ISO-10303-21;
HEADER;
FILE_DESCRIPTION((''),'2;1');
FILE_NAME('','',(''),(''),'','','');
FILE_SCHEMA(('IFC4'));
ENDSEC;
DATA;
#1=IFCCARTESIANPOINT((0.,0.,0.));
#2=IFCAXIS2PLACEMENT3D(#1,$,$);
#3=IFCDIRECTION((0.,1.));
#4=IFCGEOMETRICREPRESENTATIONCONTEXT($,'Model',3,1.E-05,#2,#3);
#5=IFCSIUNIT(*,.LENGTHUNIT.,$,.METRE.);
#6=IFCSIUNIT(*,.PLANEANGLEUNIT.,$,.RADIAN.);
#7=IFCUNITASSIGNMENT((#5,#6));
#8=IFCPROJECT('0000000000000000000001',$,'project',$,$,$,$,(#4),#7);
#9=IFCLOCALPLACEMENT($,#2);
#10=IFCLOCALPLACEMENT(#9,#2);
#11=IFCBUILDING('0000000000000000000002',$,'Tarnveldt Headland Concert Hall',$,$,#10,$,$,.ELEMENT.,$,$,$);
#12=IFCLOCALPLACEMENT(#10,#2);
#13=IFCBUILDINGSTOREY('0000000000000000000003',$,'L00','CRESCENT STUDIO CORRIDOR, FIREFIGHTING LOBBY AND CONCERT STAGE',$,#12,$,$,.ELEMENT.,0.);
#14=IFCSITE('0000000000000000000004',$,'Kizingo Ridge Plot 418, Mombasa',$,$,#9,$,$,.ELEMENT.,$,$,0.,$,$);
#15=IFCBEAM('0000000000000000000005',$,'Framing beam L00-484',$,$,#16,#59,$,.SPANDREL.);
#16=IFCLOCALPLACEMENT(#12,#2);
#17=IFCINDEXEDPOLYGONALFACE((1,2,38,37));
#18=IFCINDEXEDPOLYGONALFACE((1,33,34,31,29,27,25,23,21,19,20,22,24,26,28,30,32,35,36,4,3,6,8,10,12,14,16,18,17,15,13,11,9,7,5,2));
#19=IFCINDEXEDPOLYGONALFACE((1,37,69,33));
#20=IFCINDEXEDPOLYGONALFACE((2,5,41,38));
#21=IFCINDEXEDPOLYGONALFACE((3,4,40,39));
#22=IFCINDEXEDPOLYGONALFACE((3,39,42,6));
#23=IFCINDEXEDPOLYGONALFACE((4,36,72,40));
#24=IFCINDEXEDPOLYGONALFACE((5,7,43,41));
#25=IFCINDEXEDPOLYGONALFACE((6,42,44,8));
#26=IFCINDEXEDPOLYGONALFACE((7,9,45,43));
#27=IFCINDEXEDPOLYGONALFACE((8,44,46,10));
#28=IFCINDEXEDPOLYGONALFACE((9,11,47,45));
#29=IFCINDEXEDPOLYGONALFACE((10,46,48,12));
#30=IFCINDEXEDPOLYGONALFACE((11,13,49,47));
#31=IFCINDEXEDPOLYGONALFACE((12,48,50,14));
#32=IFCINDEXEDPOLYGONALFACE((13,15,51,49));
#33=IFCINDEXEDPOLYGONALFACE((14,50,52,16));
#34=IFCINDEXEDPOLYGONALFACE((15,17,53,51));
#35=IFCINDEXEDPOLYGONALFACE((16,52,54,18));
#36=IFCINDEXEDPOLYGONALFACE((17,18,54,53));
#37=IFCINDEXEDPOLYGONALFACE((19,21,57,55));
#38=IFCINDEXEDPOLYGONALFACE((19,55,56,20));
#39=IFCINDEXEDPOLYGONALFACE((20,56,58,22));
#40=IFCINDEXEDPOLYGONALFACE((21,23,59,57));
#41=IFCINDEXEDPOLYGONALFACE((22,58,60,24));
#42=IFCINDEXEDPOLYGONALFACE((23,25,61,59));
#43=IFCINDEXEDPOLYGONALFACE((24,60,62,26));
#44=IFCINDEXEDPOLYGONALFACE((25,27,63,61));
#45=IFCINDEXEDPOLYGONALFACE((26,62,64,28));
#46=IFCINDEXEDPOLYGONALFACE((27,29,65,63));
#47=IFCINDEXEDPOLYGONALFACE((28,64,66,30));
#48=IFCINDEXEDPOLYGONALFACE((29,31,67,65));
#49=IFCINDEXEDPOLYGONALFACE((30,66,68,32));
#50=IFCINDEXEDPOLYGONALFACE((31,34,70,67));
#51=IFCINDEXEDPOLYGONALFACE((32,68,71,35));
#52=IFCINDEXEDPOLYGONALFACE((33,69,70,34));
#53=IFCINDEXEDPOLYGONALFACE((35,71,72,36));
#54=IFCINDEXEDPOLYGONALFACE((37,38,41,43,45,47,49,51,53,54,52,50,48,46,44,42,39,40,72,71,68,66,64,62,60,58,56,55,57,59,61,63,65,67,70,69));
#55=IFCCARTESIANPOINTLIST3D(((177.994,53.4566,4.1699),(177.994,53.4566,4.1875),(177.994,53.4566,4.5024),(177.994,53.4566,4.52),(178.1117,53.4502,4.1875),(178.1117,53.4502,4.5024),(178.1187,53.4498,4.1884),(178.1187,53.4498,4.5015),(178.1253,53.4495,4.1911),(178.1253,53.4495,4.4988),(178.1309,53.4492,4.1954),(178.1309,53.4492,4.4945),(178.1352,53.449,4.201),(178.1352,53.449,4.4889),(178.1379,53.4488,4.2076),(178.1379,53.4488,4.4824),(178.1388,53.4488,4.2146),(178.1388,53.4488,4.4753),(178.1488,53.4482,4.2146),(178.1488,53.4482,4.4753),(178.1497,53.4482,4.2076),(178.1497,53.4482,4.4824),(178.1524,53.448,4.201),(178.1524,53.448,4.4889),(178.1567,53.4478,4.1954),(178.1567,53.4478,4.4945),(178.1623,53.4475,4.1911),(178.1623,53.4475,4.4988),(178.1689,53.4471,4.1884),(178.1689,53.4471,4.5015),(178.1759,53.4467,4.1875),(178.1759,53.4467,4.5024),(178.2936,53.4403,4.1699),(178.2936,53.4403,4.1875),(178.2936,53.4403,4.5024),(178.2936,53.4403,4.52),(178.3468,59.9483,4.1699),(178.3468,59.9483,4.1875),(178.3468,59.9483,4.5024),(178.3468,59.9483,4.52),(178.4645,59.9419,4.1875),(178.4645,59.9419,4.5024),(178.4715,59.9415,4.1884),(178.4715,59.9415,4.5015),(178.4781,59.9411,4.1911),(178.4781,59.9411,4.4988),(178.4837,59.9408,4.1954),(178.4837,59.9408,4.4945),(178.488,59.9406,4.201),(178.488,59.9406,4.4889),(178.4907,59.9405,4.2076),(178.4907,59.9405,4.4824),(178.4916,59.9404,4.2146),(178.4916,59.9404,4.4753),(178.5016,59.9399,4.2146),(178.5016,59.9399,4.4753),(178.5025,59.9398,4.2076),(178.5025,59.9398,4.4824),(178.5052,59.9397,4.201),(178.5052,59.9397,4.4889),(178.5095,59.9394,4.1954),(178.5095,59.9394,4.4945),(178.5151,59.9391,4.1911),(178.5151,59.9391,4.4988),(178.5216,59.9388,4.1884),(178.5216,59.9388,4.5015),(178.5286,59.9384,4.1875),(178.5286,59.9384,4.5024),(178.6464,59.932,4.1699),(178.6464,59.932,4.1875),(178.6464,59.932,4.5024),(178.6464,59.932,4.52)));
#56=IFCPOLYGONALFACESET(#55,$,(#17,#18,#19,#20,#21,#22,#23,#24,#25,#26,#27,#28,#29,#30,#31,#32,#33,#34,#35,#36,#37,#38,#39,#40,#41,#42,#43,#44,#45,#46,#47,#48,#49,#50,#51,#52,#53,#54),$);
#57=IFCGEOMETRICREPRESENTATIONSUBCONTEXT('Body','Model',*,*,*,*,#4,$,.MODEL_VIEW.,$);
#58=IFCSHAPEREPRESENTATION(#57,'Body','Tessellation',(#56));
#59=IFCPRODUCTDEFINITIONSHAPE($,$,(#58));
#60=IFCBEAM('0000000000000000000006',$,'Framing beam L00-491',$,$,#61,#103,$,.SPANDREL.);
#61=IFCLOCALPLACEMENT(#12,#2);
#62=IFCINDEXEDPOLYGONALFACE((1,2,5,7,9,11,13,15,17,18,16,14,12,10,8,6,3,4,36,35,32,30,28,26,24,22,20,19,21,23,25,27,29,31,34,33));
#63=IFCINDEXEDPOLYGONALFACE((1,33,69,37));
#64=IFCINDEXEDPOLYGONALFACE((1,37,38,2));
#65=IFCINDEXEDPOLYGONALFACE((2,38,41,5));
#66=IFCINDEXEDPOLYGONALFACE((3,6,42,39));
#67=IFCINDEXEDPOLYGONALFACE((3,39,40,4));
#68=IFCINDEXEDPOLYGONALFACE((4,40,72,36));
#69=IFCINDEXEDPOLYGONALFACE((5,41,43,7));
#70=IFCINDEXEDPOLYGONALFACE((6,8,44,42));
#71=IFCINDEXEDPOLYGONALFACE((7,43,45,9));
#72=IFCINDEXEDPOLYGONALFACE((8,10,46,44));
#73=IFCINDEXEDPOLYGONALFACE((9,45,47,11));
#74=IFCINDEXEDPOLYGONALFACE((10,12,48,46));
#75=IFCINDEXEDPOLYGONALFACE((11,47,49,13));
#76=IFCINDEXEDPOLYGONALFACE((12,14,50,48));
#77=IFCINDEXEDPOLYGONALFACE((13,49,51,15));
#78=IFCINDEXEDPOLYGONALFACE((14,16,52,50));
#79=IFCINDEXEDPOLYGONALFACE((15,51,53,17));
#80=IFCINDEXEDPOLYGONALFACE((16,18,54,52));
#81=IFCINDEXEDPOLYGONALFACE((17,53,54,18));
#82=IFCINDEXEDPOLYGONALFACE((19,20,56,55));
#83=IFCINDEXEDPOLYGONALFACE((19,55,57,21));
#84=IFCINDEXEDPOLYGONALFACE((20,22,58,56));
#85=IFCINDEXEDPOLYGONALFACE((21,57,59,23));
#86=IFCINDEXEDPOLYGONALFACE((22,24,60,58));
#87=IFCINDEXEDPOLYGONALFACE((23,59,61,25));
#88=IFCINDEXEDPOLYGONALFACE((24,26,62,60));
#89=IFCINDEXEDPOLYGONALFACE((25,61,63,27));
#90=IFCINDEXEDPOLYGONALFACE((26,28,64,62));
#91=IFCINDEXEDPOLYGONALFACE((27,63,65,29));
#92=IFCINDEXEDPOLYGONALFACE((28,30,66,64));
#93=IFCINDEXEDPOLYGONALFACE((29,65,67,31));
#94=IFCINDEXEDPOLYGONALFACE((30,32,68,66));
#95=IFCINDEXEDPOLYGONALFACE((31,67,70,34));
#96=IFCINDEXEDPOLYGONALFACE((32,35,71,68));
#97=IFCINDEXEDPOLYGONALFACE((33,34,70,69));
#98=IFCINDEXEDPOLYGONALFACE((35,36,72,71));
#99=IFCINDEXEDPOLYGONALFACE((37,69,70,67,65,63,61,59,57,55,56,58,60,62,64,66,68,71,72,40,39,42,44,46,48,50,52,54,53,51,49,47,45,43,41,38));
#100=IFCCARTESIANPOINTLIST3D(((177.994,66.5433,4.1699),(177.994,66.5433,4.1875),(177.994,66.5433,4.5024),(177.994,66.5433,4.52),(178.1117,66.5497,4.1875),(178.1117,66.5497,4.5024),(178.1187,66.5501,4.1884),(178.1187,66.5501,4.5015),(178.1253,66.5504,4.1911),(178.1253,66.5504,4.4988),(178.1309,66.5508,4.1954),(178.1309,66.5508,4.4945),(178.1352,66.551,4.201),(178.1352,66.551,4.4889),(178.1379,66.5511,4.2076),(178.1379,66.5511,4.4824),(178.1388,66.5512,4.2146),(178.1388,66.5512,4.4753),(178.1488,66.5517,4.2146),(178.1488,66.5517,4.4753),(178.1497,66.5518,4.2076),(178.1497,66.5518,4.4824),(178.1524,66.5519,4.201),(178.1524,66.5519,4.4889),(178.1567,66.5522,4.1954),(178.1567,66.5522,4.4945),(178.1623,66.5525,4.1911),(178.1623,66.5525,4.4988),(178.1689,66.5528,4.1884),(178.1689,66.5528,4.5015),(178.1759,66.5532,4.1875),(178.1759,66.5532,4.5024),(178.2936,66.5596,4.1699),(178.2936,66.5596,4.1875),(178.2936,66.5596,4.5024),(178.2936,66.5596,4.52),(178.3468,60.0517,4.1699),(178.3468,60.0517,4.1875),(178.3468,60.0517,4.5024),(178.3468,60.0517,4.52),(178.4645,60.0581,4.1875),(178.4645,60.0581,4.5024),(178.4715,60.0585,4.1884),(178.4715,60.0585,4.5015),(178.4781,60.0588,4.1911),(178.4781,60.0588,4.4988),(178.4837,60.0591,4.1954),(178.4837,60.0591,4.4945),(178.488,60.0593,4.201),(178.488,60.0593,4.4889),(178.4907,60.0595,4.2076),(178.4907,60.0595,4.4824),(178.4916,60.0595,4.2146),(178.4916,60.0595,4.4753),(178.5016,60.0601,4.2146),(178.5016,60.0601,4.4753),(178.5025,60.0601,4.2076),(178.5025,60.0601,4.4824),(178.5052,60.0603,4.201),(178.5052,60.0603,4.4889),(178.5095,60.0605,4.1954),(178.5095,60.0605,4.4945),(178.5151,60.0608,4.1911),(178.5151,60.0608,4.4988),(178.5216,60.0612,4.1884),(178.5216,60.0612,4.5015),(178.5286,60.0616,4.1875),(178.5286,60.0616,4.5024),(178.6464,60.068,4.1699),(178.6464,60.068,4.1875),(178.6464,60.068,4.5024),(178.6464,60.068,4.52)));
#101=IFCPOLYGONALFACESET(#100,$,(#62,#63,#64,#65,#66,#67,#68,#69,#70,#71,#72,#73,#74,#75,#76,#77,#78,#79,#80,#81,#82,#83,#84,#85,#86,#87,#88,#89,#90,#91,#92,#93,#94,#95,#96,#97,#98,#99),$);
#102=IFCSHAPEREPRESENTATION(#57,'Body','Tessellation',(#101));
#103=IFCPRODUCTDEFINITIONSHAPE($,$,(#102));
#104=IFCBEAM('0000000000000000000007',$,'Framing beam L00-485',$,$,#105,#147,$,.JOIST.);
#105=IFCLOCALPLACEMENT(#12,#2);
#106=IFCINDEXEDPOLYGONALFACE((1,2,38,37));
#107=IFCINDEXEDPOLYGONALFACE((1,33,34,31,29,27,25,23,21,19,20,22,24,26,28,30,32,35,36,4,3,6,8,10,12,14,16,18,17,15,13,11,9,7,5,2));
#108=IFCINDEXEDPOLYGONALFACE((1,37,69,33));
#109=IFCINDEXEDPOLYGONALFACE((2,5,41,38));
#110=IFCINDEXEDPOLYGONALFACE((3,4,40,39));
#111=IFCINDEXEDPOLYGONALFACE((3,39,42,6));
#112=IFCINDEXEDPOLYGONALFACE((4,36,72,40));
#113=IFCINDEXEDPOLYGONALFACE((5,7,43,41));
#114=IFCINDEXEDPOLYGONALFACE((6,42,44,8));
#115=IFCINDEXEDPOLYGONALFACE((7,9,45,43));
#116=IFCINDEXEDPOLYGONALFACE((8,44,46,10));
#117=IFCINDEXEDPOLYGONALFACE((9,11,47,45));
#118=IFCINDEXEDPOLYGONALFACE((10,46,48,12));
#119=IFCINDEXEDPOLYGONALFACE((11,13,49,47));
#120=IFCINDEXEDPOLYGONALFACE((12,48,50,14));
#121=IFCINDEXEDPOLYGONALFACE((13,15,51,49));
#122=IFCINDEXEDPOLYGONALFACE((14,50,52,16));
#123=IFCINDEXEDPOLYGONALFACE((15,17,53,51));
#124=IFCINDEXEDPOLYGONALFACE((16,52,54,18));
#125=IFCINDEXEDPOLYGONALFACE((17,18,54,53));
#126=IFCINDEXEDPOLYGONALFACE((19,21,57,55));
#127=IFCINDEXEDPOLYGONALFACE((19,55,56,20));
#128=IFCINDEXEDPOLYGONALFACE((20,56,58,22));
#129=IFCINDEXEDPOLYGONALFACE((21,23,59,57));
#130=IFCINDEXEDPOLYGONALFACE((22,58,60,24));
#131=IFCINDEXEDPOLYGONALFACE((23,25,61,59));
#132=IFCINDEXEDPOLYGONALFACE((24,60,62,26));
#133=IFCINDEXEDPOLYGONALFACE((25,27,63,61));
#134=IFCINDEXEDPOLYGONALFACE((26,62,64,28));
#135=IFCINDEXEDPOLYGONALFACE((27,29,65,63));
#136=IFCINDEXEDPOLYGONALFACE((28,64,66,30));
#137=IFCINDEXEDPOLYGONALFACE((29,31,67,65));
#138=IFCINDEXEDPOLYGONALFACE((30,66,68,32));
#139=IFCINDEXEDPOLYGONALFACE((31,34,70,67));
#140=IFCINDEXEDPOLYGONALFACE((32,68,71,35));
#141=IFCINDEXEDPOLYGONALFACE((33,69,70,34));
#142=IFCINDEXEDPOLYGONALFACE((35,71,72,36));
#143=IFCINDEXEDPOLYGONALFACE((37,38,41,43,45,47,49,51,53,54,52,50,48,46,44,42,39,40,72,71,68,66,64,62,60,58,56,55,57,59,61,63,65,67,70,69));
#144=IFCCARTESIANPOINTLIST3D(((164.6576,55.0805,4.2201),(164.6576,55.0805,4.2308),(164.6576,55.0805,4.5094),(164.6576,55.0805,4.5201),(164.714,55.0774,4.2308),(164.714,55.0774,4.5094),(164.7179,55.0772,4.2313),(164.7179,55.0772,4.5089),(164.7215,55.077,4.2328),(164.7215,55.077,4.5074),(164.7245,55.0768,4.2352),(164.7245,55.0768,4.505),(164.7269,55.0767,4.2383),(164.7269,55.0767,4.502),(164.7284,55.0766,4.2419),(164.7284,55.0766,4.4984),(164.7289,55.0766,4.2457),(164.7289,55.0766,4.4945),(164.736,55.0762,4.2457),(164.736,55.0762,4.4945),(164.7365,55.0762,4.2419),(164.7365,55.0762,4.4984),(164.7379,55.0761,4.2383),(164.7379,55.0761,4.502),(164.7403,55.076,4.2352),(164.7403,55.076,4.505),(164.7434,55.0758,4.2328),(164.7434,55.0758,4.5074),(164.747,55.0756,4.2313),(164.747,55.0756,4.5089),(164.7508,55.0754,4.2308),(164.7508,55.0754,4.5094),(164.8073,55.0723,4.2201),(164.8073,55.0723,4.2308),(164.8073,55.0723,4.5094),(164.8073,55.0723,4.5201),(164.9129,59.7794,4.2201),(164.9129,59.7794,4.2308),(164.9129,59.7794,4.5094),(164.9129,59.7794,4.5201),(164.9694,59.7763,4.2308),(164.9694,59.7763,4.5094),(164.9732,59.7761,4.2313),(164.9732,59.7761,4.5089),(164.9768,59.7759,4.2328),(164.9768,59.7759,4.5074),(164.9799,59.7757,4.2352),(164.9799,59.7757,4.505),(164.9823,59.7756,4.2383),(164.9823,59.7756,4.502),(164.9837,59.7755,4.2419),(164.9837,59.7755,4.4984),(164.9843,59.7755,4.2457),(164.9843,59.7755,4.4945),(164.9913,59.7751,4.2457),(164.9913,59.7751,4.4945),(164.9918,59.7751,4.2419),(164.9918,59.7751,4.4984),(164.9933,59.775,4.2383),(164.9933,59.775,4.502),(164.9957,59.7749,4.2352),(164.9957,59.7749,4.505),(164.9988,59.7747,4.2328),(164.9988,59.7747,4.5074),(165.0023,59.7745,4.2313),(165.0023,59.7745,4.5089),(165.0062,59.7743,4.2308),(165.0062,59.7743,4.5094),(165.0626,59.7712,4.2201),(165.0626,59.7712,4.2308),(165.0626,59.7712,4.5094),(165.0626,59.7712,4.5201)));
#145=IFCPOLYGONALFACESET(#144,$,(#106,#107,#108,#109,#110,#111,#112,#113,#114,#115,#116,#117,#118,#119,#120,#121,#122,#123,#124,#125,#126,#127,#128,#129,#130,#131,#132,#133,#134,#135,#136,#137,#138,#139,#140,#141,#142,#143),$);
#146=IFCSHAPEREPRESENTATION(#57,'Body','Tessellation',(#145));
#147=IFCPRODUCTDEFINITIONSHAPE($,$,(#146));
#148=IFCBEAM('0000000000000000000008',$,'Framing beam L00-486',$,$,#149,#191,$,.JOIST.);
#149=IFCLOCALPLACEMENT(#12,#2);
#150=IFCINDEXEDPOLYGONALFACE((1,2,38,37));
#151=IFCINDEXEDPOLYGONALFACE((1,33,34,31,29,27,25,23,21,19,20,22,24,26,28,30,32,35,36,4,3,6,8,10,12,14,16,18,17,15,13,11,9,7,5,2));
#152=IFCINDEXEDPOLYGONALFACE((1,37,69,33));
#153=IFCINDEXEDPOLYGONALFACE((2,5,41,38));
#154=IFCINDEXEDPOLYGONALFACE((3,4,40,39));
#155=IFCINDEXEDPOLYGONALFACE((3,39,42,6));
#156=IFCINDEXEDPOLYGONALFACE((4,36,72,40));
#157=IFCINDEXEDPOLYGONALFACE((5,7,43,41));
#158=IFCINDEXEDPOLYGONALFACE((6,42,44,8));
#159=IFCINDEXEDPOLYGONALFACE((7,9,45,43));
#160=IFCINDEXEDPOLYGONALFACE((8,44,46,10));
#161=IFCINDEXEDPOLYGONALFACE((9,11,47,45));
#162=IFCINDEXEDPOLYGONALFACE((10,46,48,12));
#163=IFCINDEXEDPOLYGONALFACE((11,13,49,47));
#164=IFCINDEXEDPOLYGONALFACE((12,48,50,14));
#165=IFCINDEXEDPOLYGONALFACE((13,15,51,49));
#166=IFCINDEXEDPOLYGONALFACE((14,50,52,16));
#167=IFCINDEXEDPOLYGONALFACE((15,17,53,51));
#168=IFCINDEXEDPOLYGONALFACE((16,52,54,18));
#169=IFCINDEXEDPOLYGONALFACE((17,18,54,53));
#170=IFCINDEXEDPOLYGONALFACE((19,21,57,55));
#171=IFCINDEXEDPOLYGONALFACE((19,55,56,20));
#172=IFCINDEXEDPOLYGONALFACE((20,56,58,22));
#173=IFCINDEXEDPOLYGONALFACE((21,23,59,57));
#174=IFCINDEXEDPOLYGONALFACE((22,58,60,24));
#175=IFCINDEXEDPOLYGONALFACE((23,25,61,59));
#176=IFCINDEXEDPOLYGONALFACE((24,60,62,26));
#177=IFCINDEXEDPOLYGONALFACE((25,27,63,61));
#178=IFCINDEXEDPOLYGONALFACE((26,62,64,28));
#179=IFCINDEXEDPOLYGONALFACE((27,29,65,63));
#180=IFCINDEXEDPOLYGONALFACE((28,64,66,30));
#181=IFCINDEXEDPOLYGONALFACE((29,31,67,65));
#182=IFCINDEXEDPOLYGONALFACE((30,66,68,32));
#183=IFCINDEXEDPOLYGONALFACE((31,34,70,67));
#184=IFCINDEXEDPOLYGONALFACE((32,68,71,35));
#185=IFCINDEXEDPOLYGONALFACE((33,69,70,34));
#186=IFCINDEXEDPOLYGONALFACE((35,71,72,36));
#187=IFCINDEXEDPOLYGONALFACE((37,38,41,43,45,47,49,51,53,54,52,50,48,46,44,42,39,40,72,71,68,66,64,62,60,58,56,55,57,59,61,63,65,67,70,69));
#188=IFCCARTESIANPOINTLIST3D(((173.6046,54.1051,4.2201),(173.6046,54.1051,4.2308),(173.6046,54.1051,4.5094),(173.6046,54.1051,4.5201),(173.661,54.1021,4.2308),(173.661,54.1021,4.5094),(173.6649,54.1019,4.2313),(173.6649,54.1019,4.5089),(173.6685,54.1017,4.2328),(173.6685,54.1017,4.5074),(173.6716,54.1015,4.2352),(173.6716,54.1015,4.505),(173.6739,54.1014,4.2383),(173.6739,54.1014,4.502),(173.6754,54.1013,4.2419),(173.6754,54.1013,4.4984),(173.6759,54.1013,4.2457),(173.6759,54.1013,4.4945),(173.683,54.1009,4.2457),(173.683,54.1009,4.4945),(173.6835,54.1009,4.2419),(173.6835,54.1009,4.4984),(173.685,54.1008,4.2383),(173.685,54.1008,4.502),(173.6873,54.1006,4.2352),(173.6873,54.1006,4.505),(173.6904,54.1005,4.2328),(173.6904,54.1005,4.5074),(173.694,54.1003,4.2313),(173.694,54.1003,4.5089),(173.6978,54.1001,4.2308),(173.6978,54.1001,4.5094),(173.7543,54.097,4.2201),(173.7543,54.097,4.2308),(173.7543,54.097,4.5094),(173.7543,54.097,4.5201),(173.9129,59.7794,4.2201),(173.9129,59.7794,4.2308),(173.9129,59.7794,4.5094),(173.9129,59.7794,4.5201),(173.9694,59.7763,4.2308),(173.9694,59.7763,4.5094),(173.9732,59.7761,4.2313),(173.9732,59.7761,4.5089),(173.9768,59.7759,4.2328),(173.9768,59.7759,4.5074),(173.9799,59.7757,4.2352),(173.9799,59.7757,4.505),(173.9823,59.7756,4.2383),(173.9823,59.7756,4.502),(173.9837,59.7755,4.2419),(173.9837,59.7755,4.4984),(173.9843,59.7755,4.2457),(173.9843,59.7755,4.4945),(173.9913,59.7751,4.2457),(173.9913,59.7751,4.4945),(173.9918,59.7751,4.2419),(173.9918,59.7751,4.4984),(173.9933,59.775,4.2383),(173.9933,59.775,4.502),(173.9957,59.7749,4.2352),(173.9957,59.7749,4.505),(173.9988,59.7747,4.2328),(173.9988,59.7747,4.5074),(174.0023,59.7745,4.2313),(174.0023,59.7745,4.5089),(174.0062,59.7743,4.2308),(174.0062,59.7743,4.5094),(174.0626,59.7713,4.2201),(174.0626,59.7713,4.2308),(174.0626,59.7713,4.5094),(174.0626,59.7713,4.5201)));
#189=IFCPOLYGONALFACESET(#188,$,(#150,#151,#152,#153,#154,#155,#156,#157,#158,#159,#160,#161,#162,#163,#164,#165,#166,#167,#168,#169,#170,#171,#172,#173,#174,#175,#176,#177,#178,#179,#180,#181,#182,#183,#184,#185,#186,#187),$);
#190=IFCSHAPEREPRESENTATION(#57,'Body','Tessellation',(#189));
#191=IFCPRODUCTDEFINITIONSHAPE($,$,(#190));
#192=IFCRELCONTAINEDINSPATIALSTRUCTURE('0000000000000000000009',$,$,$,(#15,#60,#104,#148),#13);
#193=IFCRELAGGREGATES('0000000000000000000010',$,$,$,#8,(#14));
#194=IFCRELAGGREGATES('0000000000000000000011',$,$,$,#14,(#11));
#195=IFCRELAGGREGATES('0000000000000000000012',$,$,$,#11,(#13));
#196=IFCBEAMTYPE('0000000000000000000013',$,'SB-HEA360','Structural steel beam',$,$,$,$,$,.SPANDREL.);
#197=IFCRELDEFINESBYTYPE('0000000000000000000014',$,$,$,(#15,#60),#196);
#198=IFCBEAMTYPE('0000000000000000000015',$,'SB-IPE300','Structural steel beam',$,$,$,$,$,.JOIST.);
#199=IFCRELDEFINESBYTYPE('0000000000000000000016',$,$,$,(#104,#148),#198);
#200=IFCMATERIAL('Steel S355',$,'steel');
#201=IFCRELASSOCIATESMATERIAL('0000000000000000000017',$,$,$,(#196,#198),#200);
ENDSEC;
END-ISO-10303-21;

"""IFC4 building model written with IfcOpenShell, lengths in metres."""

from ifc_helpers import new_model, si_unit, direction, frame, origin, origin_2d, place, context, subcontext, project, spatial, i_section, extrude, material, material_profile, profile_set, type_object, element, save


model = new_model("IFC4")

# Units and contexts
model_context = context("Model", 3, precision=1e-05, world=origin(), true_north=direction((0.0, 1.0)))
body_context = subcontext(model_context, "Body", "Model", "MODEL_VIEW")
ifc_project = project(units=[si_unit("LENGTHUNIT", "METRE"), si_unit("PLANEANGLEUNIT", "RADIAN")], contexts=[model_context])

# Site, building, storey
site_placement = place(None, origin())
site = spatial("IfcSite", under=ifc_project, at=site_placement, Name="Kizingo Ridge Plot 418, Mombasa", CompositionType="ELEMENT", RefElevation=0.0)
building_placement = place(site_placement, origin())
building = spatial("IfcBuilding", under=site, at=building_placement, Name="Tarnveldt Headland Concert Hall", CompositionType="ELEMENT")
storey_placement = place(building_placement, origin())
storey = spatial("IfcBuildingStorey", under=building, at=storey_placement, Name="L00", Description="CRESCENT STUDIO CORRIDOR, FIREFIGHTING LOBBY AND CONCERT STAGE", CompositionType="ELEMENT", Elevation=0.0)

# Beams
ifc_material_1 = material(Name="Steel S355", Category="steel")
ifc_material_profile_1 = material_profile(ifc_material_1, i_section(OverallWidth=0.3, OverallDepth=0.3501, WebThickness=0.01, FlangeThickness=0.0176, FilletRadius=0.0271, at=origin_2d()), Name="HEA360", Category="steel")
ifc_profile_set_1 = profile_set([ifc_material_profile_1], Name="Steel S355")
beam_type_1 = type_object("IfcBeamType", Name="SB-HEA360", Description="Structural steel beam", PredefinedType="SPANDREL", material=ifc_profile_set_1)
for number, where, z_axis, x_axis, name in (
    (1, (178.1438, 53.4485, 4.345), (0.054264, 0.998527, 0.0), (-0.998527, 0.054264, 0.0), "Framing beam L00-484"),
    (2, (178.4966, 60.0598, 4.345), (-0.054264, 0.998527, 0.0), (-0.998527, -0.054264, 0.0), "Framing beam L00-491"),
):
    element("IfcBeam", number, at=place(storey_placement, frame(where, z_axis=z_axis, x_axis=x_axis)), inside=storey, type_object=beam_type_1, Name=name, PredefinedType="SPANDREL", context=body_context, shape_type="SweptSolid", body=[
        extrude(i_section(OverallWidth=0.3, OverallDepth=0.3501, WebThickness=0.01, FlangeThickness=0.0176, FilletRadius=0.0271, at=origin_2d()), origin(), (0.0, 0.0, 1.0), 6.5012),
    ])
ifc_material_profile_2 = material_profile(ifc_material_1, i_section(OverallWidth=0.1499, OverallDepth=0.3, WebThickness=0.0071, FlangeThickness=0.0107, FilletRadius=0.0149, at=origin_2d()), Name="IPE300", Category="steel")
ifc_profile_set_2 = profile_set([ifc_material_profile_2], Name="Steel S355")
beam_type_2 = type_object("IfcBeamType", Name="SB-IPE300", Description="Structural steel beam", PredefinedType="JOIST", material=ifc_profile_set_2)
beam_1_placement = place(storey_placement, frame((164.7324, 55.0764, 4.3701), z_axis=(0.054266, 0.998527, 0.0), x_axis=(-0.998527, 0.054266, 0.0)))
element("IfcBeam", 3, at=beam_1_placement, inside=storey, type_object=beam_type_2, Name="Framing beam L00-485", PredefinedType="JOIST", context=body_context, shape_type="SweptSolid", body=[
    extrude(i_section(OverallWidth=0.1499, OverallDepth=0.3, WebThickness=0.0071, FlangeThickness=0.0107, FilletRadius=0.0149, at=origin_2d()), origin(), (0.0, 0.0, 1.0), 4.7058),
])
beam_2_placement = place(storey_placement, frame((173.6794, 54.1011, 4.3701), z_axis=(0.054261, 0.998527, 0.0), x_axis=(-0.998527, 0.054261, 0.0)))
element("IfcBeam", 4, at=beam_2_placement, inside=storey, type_object=beam_type_2, Name="Framing beam L00-486", PredefinedType="JOIST", context=body_context, shape_type="SweptSolid", body=[
    extrude(i_section(OverallWidth=0.1499, OverallDepth=0.3, WebThickness=0.0071, FlangeThickness=0.0107, FilletRadius=0.0149, at=origin_2d()), origin(), (0.0, 0.0, 1.0), 5.6826),
])

save(model, "model.ifc")
